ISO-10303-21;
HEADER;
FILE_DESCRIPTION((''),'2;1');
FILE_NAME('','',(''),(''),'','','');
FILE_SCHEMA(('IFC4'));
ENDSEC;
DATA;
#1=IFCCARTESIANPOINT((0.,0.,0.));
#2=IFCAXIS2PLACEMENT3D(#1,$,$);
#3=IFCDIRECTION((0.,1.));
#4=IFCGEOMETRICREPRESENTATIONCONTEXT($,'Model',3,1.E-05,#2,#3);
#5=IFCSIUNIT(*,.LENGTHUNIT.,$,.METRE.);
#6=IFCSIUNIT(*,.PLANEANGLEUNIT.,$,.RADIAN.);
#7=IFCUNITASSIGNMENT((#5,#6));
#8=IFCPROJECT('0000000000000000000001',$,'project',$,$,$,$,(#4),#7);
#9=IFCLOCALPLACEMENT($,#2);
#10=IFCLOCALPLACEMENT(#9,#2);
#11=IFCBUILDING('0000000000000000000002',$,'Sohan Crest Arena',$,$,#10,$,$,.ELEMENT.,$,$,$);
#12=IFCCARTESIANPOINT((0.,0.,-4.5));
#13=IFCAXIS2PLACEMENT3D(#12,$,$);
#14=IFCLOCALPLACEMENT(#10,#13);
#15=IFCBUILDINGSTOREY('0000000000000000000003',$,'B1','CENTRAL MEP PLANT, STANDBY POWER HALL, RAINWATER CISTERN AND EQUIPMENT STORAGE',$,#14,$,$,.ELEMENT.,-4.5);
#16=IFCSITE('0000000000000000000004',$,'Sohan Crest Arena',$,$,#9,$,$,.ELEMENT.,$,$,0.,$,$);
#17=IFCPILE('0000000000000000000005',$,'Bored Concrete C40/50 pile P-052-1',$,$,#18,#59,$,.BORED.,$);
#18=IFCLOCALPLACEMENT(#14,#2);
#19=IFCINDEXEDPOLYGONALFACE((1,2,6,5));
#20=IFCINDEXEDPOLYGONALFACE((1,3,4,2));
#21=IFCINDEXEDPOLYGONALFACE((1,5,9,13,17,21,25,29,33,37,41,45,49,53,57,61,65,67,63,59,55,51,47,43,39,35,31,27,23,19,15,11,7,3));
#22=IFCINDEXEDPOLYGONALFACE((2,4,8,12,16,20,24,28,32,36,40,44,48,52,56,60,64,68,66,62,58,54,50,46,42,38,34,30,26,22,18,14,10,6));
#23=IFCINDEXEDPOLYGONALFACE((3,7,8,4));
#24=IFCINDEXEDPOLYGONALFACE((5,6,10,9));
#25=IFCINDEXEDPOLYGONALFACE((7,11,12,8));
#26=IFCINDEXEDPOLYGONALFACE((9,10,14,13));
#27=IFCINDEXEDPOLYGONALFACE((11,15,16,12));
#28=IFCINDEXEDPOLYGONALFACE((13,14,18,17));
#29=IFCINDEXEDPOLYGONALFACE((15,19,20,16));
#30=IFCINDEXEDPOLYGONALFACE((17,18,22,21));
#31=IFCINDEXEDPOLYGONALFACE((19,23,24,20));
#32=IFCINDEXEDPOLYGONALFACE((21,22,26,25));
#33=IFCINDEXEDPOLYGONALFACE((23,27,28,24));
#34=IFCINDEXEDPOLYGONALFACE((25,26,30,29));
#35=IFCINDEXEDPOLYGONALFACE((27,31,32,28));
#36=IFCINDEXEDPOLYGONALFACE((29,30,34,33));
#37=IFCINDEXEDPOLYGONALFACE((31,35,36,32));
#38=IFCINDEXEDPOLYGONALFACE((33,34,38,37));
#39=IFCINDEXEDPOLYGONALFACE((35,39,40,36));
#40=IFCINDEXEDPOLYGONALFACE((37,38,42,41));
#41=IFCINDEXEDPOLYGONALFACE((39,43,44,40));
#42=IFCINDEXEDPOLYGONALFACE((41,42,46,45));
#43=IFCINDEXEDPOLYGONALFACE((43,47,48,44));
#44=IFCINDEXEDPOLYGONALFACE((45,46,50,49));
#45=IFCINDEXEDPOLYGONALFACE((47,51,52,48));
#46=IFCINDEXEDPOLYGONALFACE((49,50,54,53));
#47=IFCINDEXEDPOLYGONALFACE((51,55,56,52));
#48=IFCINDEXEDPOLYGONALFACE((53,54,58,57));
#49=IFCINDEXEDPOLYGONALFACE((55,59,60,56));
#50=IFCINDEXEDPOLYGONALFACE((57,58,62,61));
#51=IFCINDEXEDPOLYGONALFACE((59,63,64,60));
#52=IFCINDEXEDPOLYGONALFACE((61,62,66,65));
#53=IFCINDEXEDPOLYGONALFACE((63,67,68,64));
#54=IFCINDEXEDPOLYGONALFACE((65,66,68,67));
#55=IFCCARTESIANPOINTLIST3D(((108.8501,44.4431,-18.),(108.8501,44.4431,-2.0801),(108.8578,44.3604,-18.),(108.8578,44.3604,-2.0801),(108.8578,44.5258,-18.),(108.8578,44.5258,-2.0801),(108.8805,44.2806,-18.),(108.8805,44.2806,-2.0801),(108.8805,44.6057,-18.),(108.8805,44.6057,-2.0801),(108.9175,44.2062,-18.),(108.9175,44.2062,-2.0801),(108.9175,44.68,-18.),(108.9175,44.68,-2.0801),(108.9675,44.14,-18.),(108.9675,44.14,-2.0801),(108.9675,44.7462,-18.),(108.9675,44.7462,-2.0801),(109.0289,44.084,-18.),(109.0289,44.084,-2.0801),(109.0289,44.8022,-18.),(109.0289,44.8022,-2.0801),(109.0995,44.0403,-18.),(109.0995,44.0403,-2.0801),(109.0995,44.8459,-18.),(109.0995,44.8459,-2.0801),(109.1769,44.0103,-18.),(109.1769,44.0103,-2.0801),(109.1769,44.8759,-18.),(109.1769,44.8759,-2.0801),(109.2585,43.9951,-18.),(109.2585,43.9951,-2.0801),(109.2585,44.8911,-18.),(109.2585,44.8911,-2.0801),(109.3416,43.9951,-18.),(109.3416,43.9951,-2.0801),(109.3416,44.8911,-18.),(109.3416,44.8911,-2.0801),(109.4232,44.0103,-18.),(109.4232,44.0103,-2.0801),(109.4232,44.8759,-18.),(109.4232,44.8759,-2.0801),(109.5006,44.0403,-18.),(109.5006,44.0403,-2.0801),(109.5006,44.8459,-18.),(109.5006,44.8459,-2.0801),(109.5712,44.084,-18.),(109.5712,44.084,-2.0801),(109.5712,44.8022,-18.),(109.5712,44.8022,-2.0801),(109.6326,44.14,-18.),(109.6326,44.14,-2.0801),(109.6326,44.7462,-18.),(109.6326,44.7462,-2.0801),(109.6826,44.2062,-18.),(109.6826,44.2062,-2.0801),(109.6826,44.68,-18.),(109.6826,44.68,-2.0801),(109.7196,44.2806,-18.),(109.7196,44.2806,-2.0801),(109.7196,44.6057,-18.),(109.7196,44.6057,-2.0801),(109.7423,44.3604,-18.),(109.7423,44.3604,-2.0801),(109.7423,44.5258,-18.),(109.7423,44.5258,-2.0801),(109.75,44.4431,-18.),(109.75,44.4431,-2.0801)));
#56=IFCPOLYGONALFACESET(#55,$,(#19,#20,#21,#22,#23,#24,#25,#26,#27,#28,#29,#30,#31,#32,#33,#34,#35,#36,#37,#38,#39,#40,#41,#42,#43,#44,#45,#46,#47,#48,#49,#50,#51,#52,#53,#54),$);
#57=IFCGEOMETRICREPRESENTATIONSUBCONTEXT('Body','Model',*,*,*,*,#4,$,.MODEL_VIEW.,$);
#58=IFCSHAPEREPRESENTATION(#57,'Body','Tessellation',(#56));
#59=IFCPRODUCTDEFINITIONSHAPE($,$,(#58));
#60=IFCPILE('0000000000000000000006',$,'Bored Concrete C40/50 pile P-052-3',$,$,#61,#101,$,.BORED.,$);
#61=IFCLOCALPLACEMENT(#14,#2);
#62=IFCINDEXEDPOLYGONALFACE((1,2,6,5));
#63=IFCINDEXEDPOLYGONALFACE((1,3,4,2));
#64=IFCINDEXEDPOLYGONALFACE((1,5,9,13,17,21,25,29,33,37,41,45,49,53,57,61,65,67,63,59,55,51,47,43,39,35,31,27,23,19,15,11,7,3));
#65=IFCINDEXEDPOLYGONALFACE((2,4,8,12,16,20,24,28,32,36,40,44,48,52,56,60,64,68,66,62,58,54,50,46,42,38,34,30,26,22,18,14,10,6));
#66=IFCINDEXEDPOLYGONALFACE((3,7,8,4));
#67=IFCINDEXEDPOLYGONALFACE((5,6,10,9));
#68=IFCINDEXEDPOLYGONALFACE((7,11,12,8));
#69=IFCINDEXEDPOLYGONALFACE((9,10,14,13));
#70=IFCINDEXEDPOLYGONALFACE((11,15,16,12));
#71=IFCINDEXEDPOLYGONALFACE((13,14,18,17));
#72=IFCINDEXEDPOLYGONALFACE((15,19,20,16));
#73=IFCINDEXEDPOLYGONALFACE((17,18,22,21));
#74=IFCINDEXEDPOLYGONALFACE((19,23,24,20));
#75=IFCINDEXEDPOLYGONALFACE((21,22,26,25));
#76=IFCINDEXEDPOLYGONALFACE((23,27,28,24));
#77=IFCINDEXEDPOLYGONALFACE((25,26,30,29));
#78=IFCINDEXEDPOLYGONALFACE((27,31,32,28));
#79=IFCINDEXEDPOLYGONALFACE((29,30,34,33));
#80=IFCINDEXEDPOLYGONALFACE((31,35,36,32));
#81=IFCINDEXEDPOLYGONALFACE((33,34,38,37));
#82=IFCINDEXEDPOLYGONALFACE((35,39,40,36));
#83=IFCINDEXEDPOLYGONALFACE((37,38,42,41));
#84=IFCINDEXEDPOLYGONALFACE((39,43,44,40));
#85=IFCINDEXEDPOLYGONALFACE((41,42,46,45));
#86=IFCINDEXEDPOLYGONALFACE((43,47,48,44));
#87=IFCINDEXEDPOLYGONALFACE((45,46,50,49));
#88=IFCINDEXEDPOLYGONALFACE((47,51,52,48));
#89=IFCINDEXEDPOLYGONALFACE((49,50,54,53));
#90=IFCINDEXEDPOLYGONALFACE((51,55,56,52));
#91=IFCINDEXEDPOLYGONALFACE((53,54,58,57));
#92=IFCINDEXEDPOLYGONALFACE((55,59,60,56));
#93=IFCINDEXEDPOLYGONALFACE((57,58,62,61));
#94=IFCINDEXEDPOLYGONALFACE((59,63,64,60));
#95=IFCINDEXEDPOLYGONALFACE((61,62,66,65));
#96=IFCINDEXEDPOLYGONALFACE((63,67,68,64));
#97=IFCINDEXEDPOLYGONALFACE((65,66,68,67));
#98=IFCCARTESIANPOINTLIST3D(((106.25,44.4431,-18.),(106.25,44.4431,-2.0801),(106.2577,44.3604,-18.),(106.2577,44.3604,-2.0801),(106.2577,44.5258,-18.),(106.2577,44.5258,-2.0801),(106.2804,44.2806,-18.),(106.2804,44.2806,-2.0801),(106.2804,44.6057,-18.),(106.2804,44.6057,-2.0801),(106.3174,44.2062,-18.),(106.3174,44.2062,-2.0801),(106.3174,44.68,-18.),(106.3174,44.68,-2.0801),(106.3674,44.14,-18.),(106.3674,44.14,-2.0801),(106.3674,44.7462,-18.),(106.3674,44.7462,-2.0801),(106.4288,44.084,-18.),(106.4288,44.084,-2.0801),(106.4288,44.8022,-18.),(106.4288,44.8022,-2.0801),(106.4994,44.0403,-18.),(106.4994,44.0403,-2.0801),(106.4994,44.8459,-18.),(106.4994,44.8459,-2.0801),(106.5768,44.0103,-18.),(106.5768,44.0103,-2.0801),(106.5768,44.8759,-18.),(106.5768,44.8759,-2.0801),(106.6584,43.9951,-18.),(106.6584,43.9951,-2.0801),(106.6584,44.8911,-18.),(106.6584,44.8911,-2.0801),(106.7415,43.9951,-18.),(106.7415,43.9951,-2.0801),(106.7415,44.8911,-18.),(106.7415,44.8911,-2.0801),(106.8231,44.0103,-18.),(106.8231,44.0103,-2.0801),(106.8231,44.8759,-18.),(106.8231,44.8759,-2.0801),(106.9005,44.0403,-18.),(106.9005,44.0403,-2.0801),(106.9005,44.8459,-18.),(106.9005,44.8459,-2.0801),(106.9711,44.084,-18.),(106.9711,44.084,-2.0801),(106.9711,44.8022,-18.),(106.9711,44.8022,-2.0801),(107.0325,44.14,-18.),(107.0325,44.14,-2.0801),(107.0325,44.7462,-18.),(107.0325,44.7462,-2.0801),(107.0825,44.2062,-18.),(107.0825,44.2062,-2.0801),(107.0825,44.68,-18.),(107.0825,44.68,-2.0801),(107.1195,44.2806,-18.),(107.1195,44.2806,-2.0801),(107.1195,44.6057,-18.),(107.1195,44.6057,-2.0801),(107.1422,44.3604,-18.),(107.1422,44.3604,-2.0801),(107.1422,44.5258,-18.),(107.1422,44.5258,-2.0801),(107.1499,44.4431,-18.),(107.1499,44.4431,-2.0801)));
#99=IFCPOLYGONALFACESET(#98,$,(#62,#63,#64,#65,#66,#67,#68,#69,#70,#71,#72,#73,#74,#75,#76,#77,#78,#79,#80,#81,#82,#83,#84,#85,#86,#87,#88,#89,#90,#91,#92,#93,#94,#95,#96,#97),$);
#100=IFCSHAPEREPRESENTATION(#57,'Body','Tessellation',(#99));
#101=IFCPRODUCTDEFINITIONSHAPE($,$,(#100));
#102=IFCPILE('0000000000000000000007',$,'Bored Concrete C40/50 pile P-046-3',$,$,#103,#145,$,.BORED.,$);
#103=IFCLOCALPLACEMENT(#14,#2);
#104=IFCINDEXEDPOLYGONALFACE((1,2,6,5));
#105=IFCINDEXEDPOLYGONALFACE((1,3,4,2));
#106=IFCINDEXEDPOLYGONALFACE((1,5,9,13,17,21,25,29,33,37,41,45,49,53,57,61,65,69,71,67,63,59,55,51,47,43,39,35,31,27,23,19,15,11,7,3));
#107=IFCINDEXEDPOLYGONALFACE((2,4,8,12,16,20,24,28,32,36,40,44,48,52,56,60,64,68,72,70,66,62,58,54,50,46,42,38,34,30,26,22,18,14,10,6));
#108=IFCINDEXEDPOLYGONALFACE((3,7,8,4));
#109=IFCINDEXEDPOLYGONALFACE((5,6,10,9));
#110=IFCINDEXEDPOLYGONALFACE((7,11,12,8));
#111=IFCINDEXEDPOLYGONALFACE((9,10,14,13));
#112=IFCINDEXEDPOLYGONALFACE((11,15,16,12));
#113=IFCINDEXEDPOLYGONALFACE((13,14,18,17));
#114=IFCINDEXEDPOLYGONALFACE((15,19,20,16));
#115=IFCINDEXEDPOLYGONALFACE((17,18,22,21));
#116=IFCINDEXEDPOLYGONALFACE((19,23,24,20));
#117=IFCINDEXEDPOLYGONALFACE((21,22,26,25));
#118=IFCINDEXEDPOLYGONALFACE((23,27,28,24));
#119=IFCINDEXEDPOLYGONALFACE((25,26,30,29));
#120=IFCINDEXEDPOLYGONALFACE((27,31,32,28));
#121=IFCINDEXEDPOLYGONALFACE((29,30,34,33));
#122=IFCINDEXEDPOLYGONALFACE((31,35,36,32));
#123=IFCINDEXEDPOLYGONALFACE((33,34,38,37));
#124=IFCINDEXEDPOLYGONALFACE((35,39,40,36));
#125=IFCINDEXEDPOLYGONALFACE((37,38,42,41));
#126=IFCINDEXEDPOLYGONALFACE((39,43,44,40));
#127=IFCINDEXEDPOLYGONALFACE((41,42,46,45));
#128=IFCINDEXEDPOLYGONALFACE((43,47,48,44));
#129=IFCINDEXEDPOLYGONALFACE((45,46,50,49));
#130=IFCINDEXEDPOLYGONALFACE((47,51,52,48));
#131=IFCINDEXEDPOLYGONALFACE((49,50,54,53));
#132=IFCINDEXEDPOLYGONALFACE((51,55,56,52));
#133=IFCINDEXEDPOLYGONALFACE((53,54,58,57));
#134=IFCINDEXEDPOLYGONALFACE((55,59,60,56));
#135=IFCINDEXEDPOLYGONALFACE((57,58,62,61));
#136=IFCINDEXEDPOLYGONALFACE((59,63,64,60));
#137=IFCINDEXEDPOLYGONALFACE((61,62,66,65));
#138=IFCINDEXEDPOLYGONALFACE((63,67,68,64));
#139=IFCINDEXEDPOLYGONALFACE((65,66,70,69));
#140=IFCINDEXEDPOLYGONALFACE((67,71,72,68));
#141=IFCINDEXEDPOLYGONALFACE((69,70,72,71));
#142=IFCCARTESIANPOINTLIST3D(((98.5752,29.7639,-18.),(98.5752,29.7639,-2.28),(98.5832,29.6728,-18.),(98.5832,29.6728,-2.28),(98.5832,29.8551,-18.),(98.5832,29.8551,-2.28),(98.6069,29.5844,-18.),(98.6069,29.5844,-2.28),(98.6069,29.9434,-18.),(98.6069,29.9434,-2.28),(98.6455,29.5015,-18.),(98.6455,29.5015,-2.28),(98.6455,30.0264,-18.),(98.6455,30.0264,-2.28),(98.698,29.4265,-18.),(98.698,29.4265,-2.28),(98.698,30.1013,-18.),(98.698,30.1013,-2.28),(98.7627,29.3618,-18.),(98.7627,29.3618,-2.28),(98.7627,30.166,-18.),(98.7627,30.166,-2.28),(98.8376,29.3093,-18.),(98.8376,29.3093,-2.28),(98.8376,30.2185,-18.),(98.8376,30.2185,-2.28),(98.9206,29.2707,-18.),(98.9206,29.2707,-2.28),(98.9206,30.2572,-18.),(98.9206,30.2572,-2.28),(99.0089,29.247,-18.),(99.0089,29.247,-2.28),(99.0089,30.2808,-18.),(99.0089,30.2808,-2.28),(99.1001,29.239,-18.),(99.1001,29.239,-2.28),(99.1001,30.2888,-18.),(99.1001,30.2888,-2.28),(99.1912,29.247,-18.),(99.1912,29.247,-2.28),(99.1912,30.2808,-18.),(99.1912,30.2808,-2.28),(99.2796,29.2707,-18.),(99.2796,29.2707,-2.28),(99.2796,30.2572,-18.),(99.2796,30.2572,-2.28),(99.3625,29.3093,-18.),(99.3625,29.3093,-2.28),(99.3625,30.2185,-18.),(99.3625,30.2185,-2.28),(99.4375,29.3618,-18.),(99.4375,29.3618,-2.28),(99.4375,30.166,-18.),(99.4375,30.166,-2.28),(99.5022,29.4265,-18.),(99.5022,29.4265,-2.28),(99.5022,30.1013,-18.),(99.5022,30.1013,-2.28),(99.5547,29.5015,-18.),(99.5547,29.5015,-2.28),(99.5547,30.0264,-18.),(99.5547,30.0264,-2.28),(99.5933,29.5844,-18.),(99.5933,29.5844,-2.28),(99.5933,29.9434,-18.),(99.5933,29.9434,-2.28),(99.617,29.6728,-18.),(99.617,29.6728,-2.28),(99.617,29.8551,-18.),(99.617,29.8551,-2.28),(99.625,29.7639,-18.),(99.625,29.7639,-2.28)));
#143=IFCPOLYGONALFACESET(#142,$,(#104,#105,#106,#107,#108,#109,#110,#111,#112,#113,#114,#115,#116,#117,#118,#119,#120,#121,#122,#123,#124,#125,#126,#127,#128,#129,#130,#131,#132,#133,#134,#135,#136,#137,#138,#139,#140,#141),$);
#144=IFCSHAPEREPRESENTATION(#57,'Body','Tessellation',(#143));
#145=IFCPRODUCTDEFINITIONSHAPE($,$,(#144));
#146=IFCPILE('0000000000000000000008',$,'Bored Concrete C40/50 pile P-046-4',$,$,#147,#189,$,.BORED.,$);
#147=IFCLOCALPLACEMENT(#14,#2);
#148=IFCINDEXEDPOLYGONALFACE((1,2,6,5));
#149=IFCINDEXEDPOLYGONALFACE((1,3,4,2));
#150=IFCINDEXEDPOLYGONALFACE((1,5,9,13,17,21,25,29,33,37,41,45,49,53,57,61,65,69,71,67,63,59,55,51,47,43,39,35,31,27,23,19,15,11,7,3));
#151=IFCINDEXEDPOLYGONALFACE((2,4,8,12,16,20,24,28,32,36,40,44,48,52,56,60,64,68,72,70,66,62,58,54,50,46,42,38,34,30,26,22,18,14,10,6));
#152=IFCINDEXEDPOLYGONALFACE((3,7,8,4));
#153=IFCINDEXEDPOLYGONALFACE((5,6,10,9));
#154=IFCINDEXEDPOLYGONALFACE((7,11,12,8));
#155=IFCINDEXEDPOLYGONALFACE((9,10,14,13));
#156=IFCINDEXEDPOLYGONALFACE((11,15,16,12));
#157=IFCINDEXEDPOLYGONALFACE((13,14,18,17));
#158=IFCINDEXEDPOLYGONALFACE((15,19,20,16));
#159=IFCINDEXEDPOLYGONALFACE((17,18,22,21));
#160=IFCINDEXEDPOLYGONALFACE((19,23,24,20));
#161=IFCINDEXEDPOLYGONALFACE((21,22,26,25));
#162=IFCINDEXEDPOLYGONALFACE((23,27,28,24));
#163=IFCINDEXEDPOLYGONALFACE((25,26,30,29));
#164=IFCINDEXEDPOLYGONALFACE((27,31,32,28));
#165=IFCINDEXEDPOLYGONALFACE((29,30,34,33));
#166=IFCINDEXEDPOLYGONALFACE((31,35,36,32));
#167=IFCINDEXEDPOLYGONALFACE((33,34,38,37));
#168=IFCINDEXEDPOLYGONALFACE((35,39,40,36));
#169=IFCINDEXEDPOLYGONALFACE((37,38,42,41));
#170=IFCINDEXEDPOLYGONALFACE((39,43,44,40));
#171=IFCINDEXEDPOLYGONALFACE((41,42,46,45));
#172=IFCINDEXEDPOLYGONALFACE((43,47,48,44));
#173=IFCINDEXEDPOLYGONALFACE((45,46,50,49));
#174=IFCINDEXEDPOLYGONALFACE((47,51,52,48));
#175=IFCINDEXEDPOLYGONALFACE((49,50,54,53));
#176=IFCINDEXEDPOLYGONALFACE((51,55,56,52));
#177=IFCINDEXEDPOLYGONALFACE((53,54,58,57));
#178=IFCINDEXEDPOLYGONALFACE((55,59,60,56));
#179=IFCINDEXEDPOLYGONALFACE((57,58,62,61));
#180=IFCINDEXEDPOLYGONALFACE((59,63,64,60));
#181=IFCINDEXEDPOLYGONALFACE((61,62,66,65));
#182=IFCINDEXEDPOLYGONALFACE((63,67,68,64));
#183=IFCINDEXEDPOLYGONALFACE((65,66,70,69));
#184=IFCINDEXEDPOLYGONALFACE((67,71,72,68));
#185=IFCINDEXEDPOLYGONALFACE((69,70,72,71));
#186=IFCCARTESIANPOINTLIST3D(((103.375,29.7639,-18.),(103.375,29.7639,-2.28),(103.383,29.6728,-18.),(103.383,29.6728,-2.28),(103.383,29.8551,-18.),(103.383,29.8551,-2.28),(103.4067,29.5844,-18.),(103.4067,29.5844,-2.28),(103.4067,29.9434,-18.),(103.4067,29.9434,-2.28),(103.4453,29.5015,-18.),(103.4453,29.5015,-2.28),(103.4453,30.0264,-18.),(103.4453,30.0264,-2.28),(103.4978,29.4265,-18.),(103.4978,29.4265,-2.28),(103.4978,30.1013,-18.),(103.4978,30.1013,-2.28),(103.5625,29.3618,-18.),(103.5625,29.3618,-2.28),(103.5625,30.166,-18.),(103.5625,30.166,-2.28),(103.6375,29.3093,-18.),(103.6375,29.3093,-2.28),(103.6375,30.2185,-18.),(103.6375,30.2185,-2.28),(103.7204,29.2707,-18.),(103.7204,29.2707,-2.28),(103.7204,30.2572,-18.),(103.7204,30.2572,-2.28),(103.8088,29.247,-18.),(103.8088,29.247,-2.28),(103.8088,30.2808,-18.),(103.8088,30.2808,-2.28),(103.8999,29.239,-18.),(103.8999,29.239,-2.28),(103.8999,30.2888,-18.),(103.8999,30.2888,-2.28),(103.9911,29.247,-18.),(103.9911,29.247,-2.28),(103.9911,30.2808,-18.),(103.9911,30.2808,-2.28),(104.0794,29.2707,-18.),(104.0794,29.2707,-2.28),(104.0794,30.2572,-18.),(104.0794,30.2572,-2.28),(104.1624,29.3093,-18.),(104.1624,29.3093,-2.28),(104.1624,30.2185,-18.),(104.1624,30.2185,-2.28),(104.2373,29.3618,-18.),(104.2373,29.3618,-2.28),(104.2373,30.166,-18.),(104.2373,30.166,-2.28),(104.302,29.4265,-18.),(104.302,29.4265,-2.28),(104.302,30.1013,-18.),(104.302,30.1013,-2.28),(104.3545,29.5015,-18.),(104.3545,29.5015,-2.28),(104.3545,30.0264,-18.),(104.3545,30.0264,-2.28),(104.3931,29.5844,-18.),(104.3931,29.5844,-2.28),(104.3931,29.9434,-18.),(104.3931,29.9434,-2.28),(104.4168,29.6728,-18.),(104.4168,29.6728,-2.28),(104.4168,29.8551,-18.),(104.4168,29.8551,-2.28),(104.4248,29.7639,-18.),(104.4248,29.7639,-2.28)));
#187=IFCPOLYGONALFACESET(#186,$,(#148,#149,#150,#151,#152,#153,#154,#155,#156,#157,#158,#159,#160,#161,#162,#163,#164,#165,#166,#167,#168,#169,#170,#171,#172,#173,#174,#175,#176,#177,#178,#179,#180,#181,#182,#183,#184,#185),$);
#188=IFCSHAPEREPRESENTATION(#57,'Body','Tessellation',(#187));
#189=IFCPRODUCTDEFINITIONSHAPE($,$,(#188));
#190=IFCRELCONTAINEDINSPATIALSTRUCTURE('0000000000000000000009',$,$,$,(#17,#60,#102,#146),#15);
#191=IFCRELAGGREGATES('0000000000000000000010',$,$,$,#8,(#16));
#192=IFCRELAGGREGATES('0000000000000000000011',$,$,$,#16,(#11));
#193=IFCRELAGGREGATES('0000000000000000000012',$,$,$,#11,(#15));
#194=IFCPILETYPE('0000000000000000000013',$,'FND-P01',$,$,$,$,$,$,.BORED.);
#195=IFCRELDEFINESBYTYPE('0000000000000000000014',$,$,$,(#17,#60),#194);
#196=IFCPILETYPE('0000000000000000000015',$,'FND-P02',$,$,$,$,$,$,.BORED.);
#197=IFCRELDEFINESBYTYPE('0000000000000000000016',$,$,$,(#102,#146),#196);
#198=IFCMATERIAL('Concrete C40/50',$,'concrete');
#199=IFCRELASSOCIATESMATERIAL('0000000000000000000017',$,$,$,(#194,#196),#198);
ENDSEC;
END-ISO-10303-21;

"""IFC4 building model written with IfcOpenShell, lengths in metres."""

from ifc_helpers import new_model, si_unit, direction, frame, origin, origin_2d, place, context, subcontext, project, spatial, circle, extrude, material, material_profile, profile_set, type_object, element, save


model = new_model("IFC4")

# Units and contexts
model_context = context("Model", 3, precision=1e-05, world=origin(), true_north=direction((0.0, 1.0)))
body_context = subcontext(model_context, "Body", "Model", "MODEL_VIEW")
ifc_project = project(units=[si_unit("LENGTHUNIT", "METRE"), si_unit("PLANEANGLEUNIT", "RADIAN")], contexts=[model_context])

# Site, building, storey
site_placement = place(None, origin())
site = spatial("IfcSite", under=ifc_project, at=site_placement, Name="Sohan Crest Arena", CompositionType="ELEMENT", RefElevation=0.0)
building_placement = place(site_placement, origin())
building = spatial("IfcBuilding", under=site, at=building_placement, Name="Sohan Crest Arena", CompositionType="ELEMENT")
storey_placement = place(building_placement, frame((0.0, 0.0, -4.5)))
storey = spatial("IfcBuildingStorey", under=building, at=storey_placement, Name="B1", Description="CENTRAL MEP PLANT, STANDBY POWER HALL, RAINWATER CISTERN AND EQUIPMENT STORAGE", CompositionType="ELEMENT", Elevation=-4.5)

# Piles
ifc_material_1 = material(Name="Concrete C40/50", Category="concrete")
ifc_material_profile_1 = material_profile(ifc_material_1, circle(Radius=0.45, at=origin_2d()), Name="PILE D900")
ifc_profile_set_1 = profile_set([ifc_material_profile_1], Name="Concrete C40/50")
pile_type_1 = type_object("IfcPileType", Name="FND-P01", PredefinedType="BORED", material=ifc_profile_set_1)
for number, where, z_axis, x_axis, name in (
    (1, (109.3, 44.4431, -18.0), (0.0, 0.0, 1.0), (1.0, 0.0, 0.0), "Bored Concrete C40/50 pile P-052-1"),
    (2, (106.7, 44.4431, -18.0), (0.0, 0.0, 1.0), (1.0, 0.0, 0.0), "Bored Concrete C40/50 pile P-052-3"),
):
    element("IfcPile", number, at=place(storey_placement, frame(where, z_axis=z_axis, x_axis=x_axis)), inside=storey, type_object=pile_type_1, Name=name, PredefinedType="BORED", context=body_context, shape_type="SweptSolid", body=[
        extrude(circle(Radius=0.45, at=origin_2d()), origin(), (0.0, 0.0, 1.0), 15.9199),
    ])
ifc_material_profile_2 = material_profile(ifc_material_1, circle(Radius=0.5249, at=origin_2d()), Name="PILE D1050")
ifc_profile_set_2 = profile_set([ifc_material_profile_2], Name="Concrete C40/50")
pile_type_2 = type_object("IfcPileType", Name="FND-P02", PredefinedType="BORED", material=ifc_profile_set_2)
for number, where, z_axis, x_axis, name in (
    (3, (99.1001, 29.7639, -18.0), (0.0, 0.0, 1.0), (1.0, 0.0, 0.0), "Bored Concrete C40/50 pile P-046-3"),
    (4, (103.8999, 29.7639, -18.0), (0.0, 0.0, 1.0), (1.0, 0.0, 0.0), "Bored Concrete C40/50 pile P-046-4"),
):
    element("IfcPile", number, at=place(storey_placement, frame(where, z_axis=z_axis, x_axis=x_axis)), inside=storey, type_object=pile_type_2, Name=name, PredefinedType="BORED", context=body_context, shape_type="SweptSolid", body=[
        extrude(circle(Radius=0.5249, at=origin_2d()), origin(), (0.0, 0.0, 1.0), 15.72),
    ])

save(model, "model.ifc")
